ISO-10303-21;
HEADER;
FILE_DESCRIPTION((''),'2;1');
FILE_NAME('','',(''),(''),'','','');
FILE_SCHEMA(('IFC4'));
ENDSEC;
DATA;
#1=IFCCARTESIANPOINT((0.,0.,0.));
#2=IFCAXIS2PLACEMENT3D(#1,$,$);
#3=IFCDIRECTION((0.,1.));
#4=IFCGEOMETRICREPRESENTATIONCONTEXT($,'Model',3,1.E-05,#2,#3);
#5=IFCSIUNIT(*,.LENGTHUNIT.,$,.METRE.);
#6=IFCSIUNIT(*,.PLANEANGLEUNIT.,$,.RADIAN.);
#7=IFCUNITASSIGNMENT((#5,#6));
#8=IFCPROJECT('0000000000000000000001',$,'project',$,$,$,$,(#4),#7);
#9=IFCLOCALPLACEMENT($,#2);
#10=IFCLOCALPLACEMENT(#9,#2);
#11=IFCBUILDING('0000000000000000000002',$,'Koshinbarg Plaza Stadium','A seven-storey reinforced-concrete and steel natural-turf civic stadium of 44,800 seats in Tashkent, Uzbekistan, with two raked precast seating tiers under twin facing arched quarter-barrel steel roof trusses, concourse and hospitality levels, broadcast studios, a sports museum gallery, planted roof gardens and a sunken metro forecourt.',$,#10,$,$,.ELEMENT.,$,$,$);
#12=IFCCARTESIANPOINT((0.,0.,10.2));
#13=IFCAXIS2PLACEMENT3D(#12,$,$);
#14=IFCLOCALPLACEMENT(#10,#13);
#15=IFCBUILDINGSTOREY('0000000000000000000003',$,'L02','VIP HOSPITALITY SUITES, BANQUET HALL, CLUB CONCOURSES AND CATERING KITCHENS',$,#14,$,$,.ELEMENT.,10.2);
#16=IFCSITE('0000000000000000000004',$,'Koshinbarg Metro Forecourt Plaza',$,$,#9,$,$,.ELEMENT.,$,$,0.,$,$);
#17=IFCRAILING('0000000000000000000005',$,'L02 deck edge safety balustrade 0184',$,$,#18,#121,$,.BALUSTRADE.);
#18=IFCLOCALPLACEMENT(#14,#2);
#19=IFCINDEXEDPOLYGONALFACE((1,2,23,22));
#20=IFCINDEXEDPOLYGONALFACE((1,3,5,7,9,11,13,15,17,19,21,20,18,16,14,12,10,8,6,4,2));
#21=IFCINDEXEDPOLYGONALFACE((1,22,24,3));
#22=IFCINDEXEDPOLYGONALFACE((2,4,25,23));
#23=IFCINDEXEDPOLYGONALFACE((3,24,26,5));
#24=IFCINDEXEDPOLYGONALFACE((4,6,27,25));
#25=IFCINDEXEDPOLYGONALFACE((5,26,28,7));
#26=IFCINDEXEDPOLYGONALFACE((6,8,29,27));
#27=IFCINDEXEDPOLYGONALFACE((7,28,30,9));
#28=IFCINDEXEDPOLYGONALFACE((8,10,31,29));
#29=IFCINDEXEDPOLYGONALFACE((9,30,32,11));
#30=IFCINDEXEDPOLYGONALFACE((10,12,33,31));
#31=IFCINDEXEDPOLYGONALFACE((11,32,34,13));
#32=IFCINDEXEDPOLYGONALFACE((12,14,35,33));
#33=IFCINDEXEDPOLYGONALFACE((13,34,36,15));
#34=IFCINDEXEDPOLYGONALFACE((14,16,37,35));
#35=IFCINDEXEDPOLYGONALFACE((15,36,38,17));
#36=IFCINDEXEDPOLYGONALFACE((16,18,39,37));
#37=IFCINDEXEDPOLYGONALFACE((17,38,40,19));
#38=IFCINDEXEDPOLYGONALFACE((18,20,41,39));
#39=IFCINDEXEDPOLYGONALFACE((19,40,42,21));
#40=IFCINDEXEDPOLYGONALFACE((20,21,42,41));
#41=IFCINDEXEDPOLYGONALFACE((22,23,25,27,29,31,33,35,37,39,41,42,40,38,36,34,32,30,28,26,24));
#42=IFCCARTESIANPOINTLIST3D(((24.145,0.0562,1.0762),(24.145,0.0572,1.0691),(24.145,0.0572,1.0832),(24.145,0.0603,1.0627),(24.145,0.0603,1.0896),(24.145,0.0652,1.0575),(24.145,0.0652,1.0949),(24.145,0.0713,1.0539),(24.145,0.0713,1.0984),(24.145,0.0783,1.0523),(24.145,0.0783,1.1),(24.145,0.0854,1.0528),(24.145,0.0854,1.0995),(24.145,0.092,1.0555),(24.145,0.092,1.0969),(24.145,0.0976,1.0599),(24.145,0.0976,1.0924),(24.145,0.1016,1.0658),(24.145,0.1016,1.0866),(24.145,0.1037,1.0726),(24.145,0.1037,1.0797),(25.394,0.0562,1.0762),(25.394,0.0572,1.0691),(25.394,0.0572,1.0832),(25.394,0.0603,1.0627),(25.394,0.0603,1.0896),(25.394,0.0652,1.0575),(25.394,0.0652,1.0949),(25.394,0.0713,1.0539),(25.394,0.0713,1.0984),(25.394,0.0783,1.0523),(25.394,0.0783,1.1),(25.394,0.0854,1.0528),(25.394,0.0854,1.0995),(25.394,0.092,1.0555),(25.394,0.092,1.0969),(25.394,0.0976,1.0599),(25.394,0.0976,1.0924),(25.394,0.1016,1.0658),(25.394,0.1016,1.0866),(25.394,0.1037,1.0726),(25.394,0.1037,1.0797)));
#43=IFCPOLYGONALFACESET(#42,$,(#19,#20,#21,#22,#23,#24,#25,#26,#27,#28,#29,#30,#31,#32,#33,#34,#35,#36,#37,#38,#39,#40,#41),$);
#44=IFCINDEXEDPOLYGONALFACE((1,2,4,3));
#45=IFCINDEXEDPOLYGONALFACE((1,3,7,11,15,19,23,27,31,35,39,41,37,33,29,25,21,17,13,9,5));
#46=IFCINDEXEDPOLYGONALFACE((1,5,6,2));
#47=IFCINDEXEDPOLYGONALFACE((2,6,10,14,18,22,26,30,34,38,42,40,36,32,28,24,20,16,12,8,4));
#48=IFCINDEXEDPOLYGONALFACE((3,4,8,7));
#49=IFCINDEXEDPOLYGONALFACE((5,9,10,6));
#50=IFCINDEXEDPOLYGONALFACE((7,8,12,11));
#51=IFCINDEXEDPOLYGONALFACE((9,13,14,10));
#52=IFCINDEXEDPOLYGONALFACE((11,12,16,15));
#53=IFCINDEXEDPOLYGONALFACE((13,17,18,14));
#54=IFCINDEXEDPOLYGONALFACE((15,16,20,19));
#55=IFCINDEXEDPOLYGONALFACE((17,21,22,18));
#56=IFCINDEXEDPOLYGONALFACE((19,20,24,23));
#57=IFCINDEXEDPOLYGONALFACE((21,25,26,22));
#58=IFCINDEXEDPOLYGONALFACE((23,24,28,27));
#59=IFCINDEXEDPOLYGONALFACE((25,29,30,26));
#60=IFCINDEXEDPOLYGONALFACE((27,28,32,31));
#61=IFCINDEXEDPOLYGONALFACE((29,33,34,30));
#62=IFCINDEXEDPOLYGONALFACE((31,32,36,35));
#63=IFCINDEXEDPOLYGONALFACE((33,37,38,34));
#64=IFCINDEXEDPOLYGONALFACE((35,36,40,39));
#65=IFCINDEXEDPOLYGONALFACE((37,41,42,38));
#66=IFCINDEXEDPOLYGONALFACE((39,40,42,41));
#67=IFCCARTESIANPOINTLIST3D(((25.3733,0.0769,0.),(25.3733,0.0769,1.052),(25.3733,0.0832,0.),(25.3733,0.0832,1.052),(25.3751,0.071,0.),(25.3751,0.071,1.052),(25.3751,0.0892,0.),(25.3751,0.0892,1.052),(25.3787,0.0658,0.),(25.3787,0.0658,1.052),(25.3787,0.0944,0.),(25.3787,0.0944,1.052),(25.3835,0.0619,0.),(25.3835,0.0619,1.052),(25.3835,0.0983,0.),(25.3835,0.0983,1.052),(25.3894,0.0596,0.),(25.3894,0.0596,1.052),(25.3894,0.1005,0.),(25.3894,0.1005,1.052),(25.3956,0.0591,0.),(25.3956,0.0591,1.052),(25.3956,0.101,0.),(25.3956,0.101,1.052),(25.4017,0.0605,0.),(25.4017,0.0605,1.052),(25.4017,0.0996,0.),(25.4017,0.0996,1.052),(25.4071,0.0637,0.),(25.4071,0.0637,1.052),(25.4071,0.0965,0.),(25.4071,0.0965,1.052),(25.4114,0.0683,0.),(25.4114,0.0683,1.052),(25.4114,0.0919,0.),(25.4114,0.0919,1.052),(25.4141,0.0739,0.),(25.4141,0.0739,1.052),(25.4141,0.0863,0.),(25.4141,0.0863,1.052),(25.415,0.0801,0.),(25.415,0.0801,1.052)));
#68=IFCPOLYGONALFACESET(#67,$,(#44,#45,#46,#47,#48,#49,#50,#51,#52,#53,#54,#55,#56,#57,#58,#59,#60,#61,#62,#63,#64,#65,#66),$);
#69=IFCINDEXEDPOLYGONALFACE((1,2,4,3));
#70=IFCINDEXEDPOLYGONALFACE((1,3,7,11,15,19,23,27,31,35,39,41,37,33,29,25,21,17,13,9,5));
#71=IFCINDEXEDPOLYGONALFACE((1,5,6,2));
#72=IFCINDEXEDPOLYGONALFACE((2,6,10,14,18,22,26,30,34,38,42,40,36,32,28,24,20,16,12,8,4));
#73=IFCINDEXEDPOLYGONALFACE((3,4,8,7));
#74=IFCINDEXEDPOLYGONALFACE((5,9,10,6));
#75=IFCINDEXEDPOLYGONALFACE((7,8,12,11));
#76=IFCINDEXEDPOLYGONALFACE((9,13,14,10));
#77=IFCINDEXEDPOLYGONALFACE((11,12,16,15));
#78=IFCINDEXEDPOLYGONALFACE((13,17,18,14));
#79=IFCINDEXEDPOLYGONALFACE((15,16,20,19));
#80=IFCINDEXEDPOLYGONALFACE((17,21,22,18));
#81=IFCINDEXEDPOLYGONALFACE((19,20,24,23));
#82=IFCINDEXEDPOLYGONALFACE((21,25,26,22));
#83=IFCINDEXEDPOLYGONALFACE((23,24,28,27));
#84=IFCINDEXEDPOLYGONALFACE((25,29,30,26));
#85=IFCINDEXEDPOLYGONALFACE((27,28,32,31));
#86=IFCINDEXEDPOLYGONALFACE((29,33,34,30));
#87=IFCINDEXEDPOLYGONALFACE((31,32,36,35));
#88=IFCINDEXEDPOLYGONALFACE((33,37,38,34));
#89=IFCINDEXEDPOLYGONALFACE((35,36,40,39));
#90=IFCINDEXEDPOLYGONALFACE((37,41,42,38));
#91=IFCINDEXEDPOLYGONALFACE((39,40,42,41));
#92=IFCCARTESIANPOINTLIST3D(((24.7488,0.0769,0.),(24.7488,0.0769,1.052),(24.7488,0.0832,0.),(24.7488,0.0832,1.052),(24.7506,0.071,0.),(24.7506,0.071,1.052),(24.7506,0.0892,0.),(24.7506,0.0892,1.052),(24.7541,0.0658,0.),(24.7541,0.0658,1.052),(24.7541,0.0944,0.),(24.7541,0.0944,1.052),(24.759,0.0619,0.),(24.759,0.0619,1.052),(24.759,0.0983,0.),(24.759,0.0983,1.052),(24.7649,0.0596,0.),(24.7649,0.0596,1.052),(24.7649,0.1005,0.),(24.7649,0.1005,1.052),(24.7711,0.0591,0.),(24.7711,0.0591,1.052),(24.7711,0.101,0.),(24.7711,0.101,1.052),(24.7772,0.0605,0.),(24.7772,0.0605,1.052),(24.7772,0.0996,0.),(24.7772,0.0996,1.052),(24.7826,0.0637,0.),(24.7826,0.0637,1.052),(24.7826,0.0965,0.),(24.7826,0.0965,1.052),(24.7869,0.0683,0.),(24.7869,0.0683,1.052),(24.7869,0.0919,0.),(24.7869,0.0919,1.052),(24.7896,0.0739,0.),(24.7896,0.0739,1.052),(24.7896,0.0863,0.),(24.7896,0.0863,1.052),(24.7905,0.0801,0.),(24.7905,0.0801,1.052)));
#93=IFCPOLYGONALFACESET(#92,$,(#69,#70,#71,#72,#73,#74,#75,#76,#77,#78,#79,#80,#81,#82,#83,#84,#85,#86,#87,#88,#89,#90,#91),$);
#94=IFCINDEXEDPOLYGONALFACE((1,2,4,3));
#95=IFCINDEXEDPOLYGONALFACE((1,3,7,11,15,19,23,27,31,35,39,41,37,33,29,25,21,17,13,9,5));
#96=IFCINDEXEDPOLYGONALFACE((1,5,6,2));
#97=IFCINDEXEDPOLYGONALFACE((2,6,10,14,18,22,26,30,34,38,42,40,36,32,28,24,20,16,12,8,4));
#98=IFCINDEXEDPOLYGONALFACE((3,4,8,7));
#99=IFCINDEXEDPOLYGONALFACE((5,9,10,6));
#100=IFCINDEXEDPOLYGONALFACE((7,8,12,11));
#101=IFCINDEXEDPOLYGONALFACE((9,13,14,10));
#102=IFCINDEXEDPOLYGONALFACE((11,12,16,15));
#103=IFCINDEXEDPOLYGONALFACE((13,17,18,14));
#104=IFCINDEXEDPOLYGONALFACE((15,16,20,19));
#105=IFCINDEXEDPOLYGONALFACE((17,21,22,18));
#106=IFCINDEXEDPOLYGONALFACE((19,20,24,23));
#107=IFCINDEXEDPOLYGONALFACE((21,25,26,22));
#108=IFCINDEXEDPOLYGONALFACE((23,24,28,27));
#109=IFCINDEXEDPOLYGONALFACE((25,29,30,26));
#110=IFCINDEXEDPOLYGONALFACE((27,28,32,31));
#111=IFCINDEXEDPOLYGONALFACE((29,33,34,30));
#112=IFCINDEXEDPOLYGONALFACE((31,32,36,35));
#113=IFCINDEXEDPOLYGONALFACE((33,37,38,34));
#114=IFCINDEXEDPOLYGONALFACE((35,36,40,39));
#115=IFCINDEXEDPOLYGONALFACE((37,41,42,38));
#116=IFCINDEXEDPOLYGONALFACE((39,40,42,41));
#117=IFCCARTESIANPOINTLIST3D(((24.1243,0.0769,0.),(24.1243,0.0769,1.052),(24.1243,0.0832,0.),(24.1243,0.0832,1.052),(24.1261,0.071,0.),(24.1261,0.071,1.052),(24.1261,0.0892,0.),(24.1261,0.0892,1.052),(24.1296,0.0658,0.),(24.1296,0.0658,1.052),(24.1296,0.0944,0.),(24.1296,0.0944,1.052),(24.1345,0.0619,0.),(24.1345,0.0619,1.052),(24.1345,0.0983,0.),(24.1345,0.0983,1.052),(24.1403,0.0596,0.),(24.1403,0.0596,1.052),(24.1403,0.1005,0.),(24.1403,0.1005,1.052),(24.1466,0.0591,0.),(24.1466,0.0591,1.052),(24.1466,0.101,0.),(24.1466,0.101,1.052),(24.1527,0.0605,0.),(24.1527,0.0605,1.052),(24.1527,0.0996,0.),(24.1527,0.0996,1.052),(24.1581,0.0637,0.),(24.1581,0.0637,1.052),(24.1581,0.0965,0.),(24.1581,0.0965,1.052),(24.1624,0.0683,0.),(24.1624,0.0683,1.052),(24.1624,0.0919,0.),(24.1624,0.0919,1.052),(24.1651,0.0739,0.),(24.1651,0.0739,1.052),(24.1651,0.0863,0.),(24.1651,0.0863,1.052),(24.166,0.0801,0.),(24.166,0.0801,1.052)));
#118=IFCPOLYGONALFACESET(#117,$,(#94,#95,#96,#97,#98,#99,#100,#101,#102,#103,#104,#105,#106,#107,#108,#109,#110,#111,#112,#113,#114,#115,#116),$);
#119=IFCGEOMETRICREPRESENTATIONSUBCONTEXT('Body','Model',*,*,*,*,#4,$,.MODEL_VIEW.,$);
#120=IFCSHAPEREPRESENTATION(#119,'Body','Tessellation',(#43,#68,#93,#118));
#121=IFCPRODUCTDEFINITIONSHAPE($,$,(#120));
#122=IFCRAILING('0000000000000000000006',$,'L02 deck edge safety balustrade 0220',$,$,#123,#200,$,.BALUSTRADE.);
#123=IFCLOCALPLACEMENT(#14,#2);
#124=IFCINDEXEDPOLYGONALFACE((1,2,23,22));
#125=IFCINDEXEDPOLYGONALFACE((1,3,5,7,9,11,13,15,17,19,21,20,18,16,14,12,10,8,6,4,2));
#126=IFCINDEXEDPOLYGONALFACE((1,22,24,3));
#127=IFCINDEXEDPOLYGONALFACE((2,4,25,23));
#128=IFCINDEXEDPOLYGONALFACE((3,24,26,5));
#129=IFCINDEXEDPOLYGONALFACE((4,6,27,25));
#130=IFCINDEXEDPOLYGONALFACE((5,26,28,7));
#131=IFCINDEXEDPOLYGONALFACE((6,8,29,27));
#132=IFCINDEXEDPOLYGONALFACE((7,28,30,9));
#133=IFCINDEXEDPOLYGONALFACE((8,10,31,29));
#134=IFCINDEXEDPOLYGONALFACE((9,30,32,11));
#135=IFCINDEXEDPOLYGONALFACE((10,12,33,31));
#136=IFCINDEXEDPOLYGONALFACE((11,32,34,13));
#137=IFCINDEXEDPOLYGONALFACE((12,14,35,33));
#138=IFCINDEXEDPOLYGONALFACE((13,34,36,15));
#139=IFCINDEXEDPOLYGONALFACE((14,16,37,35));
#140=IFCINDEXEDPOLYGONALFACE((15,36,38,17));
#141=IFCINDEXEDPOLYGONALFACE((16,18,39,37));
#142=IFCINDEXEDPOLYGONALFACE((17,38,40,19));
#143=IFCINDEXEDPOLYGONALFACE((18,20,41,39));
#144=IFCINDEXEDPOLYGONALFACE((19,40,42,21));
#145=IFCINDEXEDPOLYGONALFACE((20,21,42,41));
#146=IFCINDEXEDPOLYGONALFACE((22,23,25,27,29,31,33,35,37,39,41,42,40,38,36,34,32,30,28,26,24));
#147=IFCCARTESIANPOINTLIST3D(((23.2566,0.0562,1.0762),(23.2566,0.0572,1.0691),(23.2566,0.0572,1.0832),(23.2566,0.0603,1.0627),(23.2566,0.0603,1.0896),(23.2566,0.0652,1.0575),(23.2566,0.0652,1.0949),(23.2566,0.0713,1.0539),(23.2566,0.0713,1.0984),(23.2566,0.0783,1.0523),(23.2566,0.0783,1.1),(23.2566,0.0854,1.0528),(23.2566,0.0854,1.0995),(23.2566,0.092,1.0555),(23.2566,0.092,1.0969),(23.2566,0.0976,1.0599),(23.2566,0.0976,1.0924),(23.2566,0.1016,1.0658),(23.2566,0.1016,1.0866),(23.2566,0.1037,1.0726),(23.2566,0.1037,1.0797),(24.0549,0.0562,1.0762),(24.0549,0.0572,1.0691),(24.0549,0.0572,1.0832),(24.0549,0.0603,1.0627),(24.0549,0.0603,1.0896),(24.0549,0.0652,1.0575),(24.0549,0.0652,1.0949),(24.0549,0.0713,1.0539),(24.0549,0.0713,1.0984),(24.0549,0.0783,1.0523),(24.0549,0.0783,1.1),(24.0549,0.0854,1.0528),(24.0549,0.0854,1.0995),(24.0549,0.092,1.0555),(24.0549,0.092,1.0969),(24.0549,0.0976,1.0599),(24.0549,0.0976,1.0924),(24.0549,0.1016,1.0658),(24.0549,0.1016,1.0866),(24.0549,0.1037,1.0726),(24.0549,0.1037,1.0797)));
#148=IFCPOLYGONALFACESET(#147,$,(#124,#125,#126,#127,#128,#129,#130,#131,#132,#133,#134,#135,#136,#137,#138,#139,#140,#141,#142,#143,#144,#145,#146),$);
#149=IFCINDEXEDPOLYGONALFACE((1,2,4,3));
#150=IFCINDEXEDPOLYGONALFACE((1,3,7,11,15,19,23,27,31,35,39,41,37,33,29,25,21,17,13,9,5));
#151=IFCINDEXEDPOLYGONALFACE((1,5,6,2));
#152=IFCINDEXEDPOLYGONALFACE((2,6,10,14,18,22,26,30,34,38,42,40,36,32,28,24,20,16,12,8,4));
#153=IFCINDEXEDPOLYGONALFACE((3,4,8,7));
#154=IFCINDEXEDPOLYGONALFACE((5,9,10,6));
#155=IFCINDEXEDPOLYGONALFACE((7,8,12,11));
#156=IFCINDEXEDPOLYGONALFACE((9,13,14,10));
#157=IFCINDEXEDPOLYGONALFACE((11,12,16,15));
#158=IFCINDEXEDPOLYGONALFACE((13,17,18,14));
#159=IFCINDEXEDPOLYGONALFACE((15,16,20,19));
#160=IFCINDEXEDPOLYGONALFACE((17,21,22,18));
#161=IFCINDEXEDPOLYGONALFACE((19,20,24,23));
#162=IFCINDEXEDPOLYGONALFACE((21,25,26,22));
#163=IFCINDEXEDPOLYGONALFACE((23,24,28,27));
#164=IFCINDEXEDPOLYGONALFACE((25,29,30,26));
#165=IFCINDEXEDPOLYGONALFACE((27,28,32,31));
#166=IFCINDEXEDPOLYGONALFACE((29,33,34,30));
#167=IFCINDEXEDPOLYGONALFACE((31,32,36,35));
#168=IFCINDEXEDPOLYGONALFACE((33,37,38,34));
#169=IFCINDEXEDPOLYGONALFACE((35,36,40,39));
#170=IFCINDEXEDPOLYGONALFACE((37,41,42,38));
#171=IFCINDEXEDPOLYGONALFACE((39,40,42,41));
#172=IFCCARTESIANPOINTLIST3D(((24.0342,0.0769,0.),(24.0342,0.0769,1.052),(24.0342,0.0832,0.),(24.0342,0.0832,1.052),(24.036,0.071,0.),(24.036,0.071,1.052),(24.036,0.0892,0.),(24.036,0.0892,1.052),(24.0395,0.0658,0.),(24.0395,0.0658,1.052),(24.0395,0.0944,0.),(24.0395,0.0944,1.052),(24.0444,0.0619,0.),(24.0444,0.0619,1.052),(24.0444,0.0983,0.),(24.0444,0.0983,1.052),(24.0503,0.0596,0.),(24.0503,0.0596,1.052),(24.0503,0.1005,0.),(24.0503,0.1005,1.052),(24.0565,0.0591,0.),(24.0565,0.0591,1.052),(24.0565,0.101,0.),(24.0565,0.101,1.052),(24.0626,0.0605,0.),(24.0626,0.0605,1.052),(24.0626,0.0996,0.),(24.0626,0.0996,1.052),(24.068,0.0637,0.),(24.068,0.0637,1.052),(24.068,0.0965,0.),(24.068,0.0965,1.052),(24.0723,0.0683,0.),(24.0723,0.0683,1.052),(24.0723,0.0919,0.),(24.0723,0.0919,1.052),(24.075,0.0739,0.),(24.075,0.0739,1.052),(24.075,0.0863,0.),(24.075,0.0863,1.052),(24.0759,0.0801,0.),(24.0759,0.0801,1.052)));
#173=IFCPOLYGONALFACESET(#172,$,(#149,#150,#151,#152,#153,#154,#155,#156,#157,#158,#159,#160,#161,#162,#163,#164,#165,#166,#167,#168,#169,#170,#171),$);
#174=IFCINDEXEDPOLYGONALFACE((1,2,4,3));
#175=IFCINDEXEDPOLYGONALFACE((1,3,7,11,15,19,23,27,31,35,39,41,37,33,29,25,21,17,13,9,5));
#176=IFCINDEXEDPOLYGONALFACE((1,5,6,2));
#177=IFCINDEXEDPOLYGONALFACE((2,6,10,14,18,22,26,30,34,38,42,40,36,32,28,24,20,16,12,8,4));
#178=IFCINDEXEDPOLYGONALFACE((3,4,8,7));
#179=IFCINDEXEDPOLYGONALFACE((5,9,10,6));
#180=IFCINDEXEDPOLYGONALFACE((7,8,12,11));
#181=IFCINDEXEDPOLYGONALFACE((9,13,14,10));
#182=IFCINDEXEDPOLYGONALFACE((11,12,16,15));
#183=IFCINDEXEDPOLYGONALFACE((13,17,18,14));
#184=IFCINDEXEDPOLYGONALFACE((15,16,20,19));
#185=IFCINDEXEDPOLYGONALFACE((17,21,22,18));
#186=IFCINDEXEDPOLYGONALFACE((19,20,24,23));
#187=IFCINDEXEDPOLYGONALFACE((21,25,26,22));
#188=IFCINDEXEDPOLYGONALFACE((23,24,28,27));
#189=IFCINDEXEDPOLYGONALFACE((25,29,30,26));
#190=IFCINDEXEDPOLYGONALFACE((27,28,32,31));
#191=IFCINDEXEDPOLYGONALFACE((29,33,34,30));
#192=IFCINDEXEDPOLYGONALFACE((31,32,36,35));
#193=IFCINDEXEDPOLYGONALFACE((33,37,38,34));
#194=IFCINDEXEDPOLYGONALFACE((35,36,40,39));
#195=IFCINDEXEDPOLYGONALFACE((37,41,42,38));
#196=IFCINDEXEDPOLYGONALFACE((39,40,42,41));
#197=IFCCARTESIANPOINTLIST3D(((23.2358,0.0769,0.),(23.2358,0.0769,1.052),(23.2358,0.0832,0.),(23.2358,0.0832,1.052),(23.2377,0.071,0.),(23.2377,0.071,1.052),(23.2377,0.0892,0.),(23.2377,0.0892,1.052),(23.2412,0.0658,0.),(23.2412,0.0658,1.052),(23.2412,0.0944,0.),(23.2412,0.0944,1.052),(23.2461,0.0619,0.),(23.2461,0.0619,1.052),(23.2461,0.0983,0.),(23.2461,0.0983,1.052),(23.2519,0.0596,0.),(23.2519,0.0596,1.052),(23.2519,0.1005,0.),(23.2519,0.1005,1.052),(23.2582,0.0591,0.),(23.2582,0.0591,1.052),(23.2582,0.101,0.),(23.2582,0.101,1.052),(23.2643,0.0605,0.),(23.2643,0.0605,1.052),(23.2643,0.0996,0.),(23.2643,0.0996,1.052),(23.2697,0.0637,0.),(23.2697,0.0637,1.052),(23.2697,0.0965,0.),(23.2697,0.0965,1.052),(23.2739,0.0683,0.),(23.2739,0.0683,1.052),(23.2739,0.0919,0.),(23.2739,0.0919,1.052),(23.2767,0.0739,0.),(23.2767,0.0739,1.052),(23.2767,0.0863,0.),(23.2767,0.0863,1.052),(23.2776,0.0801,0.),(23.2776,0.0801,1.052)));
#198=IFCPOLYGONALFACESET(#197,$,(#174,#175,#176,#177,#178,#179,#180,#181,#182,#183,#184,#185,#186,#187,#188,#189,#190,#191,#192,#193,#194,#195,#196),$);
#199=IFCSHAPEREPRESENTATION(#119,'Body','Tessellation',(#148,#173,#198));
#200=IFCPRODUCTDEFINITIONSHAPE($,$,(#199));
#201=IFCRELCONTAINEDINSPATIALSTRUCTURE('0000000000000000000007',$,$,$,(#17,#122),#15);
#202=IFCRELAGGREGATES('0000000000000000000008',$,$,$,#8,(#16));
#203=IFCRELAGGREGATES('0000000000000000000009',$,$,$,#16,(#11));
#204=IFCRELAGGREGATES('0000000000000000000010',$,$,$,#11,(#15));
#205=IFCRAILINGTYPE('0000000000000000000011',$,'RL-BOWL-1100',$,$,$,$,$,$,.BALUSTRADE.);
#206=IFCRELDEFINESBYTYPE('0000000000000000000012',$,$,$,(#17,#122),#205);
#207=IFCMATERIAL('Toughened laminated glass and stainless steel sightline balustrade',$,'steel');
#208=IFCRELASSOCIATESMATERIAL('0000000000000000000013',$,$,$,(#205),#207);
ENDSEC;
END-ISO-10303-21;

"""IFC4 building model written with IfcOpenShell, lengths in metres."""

from ifc_helpers import new_model, si_unit, direction, frame, origin, origin_2d, place, context, subcontext, project, spatial, circle, extrude, material, type_object, element, save


model = new_model("IFC4")

# Units and contexts
model_context = context("Model", 3, precision=1e-05, world=origin(), true_north=direction((0.0, 1.0)))
body_context = subcontext(model_context, "Body", "Model", "MODEL_VIEW")
ifc_project = project(units=[si_unit("LENGTHUNIT", "METRE"), si_unit("PLANEANGLEUNIT", "RADIAN")], contexts=[model_context])

# Site, building, storey
site_placement = place(None, origin())
site = spatial("IfcSite", under=ifc_project, at=site_placement, Name="Koshinbarg Metro Forecourt Plaza", CompositionType="ELEMENT", RefElevation=0.0)
building_placement = place(site_placement, origin())
building = spatial("IfcBuilding", under=site, at=building_placement, Name="Koshinbarg Plaza Stadium", Description="A seven-storey reinforced-concrete and steel natural-turf civic stadium of 44,800 seats in Tashkent, Uzbekistan, with two raked precast seating tiers under twin facing arched quarter-barrel steel roof trusses, concourse and hospitality levels, broadcast studios, a sports museum gallery, planted roof gardens and a sunken metro forecourt.", CompositionType="ELEMENT")
storey_placement = place(building_placement, frame((0.0, 0.0, 10.2)))
storey = spatial("IfcBuildingStorey", under=building, at=storey_placement, Name="L02", Description="VIP HOSPITALITY SUITES, BANQUET HALL, CLUB CONCOURSES AND CATERING KITCHENS", CompositionType="ELEMENT", Elevation=10.2)

# Railings
ifc_material_1 = material(Name="Toughened laminated glass and stainless steel sightline balustrade", Category="steel")
railing_type = type_object("IfcRailingType", Name="RL-BOWL-1100", PredefinedType="BALUSTRADE", material=ifc_material_1)
railing_1_placement = place(storey_placement, frame((25.394, 0.0801, 0.0)))
element("IfcRailing", 1, at=railing_1_placement, inside=storey, type_object=railing_type, Name="L02 deck edge safety balustrade 0184", PredefinedType="BALUSTRADE", context=body_context, shape_type="SweptSolid", body=[
    extrude(circle(Radius=0.0239, at=origin_2d()), frame((0.0, 0.0, 1.0762), z_axis=(-1.0, 0.0, 0.0), x_axis=(0.0, -1.0, 0.0)), (0.0, 0.0, 1.0), 1.249),
    extrude(circle(Radius=0.021, at=origin_2d()), origin(), (0.0, 0.0, 1.0), 1.052),
    extrude(circle(Radius=0.021, at=origin_2d()), frame((-0.6245, 0.0, 0.0)), (0.0, 0.0, 1.0), 1.052),
    extrude(circle(Radius=0.021, at=origin_2d()), frame((-1.249, 0.0, 0.0)), (0.0, 0.0, 1.0), 1.052),
])
railing_2_placement = place(storey_placement, frame((24.0549, 0.0801, 0.0)))
element("IfcRailing", 2, at=railing_2_placement, inside=storey, type_object=railing_type, Name="L02 deck edge safety balustrade 0220", PredefinedType="BALUSTRADE", context=body_context, shape_type="SweptSolid", body=[
    extrude(circle(Radius=0.0239, at=origin_2d()), frame((0.0, 0.0, 1.0762), z_axis=(-1.0, 0.0, 0.0), x_axis=(0.0, -1.0, 0.0)), (0.0, 0.0, 1.0), 0.7983),
    extrude(circle(Radius=0.021, at=origin_2d()), origin(), (0.0, 0.0, 1.0), 1.052),
    extrude(circle(Radius=0.021, at=origin_2d()), frame((-0.7983, 0.0, 0.0)), (0.0, 0.0, 1.0), 1.052),
])

save(model, "model.ifc")
